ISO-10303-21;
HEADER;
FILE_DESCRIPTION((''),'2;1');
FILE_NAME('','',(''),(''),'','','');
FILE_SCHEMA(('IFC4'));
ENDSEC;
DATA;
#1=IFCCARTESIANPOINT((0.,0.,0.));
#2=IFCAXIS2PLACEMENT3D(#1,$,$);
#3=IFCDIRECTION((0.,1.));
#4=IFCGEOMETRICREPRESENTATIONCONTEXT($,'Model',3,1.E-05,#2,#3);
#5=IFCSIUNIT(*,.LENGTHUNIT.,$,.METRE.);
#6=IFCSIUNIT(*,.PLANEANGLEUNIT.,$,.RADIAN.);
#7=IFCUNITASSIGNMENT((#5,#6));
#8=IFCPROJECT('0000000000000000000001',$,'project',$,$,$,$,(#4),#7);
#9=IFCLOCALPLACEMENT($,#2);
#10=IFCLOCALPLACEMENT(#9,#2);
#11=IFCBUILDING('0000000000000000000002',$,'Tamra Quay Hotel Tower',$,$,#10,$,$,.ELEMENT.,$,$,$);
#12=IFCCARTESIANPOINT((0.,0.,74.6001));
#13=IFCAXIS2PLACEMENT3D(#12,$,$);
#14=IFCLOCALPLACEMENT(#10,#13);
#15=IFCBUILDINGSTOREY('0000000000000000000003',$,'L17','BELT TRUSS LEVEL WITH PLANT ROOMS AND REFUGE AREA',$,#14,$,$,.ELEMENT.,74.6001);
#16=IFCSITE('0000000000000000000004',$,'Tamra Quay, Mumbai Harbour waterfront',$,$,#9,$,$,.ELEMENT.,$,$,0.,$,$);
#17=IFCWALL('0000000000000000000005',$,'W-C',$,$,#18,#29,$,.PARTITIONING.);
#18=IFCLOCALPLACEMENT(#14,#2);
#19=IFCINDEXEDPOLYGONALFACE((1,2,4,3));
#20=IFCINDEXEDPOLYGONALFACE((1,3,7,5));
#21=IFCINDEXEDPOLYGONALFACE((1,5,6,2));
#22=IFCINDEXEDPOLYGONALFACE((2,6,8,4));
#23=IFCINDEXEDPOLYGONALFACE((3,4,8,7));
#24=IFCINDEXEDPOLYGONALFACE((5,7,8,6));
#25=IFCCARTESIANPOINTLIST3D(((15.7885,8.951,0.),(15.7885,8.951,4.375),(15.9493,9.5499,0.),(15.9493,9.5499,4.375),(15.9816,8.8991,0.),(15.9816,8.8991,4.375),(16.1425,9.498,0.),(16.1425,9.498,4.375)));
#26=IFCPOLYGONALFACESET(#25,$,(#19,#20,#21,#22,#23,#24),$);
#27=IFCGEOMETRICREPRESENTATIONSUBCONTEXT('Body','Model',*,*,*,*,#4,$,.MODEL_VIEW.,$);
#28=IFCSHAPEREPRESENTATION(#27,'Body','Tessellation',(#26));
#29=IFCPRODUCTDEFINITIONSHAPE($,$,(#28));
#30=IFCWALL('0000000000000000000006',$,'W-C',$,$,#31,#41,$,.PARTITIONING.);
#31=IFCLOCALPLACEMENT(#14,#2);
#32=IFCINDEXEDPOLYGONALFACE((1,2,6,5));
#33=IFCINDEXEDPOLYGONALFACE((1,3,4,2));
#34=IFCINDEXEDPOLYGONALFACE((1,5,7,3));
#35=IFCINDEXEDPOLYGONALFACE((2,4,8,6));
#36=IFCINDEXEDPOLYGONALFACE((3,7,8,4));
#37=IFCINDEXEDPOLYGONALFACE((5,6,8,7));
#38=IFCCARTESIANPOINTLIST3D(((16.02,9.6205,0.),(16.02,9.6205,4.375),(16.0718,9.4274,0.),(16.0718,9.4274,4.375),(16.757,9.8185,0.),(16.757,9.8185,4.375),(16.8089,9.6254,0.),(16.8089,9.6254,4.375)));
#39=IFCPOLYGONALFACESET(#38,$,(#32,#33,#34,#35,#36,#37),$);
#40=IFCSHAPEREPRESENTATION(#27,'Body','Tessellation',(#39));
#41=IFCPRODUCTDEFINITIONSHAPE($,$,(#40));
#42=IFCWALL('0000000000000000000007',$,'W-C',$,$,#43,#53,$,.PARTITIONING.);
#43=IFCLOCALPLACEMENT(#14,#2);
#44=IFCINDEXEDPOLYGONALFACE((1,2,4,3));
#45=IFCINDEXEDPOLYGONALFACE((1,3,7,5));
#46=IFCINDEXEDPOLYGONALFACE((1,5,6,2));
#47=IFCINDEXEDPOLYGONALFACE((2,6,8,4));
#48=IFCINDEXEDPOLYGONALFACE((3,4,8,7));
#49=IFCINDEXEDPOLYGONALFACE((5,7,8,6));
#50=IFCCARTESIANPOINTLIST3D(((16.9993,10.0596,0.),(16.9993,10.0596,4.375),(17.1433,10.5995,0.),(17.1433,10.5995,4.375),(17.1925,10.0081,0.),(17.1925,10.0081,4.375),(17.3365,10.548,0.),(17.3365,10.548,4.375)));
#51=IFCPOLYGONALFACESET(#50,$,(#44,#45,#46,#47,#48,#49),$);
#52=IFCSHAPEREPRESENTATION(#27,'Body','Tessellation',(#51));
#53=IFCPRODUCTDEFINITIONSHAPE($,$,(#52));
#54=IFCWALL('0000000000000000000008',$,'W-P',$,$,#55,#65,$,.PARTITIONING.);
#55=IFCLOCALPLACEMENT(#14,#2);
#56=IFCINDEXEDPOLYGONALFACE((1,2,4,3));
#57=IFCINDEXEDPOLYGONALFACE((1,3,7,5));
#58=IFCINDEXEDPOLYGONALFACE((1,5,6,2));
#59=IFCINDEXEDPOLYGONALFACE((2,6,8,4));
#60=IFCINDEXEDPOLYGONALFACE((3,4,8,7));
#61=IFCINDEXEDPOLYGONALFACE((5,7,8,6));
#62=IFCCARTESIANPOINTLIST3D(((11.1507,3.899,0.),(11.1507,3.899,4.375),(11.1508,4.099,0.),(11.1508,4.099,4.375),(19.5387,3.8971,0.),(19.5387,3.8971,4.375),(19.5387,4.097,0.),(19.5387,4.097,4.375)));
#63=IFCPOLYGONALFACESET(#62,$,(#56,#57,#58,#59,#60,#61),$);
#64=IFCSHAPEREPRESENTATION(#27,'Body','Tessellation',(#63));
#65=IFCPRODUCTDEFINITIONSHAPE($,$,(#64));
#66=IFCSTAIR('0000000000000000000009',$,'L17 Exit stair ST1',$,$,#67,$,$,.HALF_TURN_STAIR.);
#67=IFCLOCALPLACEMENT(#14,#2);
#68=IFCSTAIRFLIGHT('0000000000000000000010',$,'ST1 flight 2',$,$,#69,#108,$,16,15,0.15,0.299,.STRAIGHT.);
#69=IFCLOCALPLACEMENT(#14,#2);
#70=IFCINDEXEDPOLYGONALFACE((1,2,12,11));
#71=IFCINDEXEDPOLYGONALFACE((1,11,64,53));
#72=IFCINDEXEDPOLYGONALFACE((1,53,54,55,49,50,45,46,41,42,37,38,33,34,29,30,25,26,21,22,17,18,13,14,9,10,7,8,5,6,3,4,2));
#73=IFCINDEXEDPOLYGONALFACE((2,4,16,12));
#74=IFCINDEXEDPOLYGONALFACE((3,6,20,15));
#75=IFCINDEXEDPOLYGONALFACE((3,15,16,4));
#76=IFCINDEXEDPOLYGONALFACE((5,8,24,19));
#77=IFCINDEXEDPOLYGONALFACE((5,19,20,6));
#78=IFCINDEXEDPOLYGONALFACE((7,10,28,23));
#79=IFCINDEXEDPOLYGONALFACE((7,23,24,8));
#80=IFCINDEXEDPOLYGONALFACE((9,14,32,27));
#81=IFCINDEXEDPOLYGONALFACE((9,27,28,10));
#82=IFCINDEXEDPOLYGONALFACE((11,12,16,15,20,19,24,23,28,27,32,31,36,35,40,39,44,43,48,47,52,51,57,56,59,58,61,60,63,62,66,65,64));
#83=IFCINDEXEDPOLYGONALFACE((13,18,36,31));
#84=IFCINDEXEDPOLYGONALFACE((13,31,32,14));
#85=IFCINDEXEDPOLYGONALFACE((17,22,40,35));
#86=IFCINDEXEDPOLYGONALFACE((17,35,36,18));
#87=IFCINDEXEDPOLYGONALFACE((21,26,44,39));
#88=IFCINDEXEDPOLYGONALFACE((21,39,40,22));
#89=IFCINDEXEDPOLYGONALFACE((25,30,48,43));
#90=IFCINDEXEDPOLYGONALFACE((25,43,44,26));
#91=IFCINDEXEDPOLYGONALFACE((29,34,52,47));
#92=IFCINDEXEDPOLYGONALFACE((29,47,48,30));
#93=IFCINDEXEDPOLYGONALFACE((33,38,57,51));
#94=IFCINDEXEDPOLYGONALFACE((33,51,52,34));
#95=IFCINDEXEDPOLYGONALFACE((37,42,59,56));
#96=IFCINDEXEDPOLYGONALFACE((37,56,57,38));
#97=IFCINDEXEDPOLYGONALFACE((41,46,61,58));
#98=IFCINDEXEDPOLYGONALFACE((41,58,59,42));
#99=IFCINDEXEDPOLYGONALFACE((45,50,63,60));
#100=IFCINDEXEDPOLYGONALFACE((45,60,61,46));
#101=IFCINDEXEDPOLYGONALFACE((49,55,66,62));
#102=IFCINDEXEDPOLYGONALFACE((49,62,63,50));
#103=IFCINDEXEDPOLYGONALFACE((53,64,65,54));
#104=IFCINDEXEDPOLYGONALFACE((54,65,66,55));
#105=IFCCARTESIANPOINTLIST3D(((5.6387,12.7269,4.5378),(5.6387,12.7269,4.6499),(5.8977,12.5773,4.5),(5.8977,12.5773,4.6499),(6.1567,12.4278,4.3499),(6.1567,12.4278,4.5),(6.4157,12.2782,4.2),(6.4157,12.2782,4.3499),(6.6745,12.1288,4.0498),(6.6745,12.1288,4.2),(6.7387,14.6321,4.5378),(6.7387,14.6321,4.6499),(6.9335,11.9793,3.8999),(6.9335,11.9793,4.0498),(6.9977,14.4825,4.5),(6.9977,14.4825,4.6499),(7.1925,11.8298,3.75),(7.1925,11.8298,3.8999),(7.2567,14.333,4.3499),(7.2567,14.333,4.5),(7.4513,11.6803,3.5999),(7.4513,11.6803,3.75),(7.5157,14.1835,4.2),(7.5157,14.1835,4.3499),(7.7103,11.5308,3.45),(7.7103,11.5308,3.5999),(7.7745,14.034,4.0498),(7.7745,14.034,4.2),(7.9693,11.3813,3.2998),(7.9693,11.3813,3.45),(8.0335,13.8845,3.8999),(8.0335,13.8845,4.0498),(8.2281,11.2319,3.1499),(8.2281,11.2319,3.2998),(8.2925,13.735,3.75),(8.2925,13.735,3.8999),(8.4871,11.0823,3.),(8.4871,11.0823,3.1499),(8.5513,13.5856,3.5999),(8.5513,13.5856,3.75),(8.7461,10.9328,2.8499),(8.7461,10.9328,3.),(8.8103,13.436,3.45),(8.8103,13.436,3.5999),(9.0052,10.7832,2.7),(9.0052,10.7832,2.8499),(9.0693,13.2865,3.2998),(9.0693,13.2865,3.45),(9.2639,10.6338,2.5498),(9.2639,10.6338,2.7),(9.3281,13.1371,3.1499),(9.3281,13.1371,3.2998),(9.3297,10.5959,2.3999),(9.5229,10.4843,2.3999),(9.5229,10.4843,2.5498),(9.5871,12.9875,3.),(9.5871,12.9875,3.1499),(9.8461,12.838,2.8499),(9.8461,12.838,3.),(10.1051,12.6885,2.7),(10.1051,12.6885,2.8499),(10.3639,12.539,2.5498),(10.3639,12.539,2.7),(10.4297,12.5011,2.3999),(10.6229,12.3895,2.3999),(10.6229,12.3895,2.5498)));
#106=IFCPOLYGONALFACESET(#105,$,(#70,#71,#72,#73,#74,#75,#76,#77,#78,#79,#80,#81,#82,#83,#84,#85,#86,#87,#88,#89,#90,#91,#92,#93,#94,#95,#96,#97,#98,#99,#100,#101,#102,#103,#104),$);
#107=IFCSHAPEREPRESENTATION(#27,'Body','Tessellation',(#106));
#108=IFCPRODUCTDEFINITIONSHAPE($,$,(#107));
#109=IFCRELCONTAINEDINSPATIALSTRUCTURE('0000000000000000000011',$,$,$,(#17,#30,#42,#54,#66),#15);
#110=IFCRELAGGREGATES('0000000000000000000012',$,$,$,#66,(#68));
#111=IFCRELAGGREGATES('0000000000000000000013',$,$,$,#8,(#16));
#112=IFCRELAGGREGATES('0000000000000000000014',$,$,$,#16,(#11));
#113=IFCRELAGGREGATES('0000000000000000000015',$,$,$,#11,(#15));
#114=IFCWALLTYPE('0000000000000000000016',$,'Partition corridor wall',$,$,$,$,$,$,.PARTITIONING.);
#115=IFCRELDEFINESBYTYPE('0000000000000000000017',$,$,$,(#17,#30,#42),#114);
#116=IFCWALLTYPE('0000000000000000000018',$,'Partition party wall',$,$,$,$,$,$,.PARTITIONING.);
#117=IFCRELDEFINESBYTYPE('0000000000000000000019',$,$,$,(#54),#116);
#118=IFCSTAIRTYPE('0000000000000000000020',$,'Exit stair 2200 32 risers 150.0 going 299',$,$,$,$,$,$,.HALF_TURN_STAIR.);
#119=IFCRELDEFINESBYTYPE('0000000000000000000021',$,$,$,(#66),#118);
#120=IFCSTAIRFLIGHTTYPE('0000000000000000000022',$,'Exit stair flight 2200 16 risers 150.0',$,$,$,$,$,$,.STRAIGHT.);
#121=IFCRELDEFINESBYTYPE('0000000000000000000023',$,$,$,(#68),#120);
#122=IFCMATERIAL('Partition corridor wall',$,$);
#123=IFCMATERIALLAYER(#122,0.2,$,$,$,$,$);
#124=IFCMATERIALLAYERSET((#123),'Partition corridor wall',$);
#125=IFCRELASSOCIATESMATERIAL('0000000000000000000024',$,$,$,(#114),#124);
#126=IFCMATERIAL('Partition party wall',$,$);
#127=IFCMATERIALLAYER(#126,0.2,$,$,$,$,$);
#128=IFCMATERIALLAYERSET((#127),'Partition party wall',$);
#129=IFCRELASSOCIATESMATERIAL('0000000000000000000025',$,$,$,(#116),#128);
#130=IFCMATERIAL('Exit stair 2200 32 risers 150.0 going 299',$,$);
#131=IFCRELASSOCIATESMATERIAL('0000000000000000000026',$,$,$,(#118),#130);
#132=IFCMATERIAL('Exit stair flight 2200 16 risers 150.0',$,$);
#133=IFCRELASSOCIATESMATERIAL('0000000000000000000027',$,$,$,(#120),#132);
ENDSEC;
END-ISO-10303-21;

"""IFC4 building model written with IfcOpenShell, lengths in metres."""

from ifc_helpers import new_model, si_unit, direction, frame, frame_2d, origin, place, context, subcontext, project, spatial, polyline, rectangle, outline, extrude, material, layer, layer_set, type_object, element, aggregate, save


model = new_model("IFC4")

# Units and contexts
model_context = context("Model", 3, precision=1e-05, world=origin(), true_north=direction((0.0, 1.0)))
body_context = subcontext(model_context, "Body", "Model", "MODEL_VIEW")
ifc_project = project(units=[si_unit("LENGTHUNIT", "METRE"), si_unit("PLANEANGLEUNIT", "RADIAN")], contexts=[model_context])

# Site, building, storey
site_placement = place(None, origin())
site = spatial("IfcSite", under=ifc_project, at=site_placement, Name="Tamra Quay, Mumbai Harbour waterfront", CompositionType="ELEMENT", RefElevation=0.0)
building_placement = place(site_placement, origin())
building = spatial("IfcBuilding", under=site, at=building_placement, Name="Tamra Quay Hotel Tower", CompositionType="ELEMENT")
storey_placement = place(building_placement, frame((0.0, 0.0, 74.6001)))
storey = spatial("IfcBuildingStorey", under=building, at=storey_placement, Name="L17", Description="BELT TRUSS LEVEL WITH PLANT ROOMS AND REFUGE AREA", CompositionType="ELEMENT", Elevation=74.6001)

# Shared definitions
ifc_material_1 = material(Name="Partition corridor wall")
ifc_layer_1 = layer(ifc_material_1, 0.2)
ifc_layer_set_1 = layer_set([ifc_layer_1], Name="Partition corridor wall")
wall_type_1 = type_object("IfcWallType", Name="Partition corridor wall", PredefinedType="PARTITIONING", material=ifc_layer_set_1)

# Walls
wall_1_placement = place(storey_placement, frame((15.885, 8.925, 0.0), z_axis=(0.0, 0.0, 1.0), x_axis=(0.259451, 0.965756, 0.0)))
element("IfcWall", 1, at=wall_1_placement, inside=storey, type_object=wall_type_1, Name="W-C", PredefinedType="PARTITIONING", context=body_context, shape_type="SweptSolid", body=[
    extrude(rectangle(XDim=0.6201, YDim=0.2, at=frame_2d((0.3101, 0.0))), origin(), (0.0, 0.0, 1.0), 4.375),
])
wall_2_placement = place(storey_placement, frame((16.0459, 9.5239, 0.0), z_axis=(0.0, 0.0, 1.0), x_axis=(0.965761, 0.259434, 0.0)))
element("IfcWall", 2, at=wall_2_placement, inside=storey, type_object=wall_type_1, Name="W-C", PredefinedType="PARTITIONING", context=body_context, shape_type="SweptSolid", body=[
    extrude(rectangle(XDim=0.7632, YDim=0.2, at=frame_2d((0.3816, 0.0))), origin(), (0.0, 0.0, 1.0), 4.375),
])
wall_3_placement = place(storey_placement, frame((17.0959, 10.0339, 0.0), z_axis=(0.0, 0.0, 1.0), x_axis=(0.257717, 0.96622, 0.0)))
element("IfcWall", 3, at=wall_3_placement, inside=storey, type_object=wall_type_1, Name="W-C", PredefinedType="PARTITIONING", context=body_context, shape_type="SweptSolid", body=[
    extrude(rectangle(XDim=0.5588, YDim=0.2, at=frame_2d((0.2793, 0.0))), origin(), (0.0, 0.0, 1.0), 4.375),
])
ifc_material_2 = material(Name="Partition party wall")
ifc_layer_2 = layer(ifc_material_2, 0.2)
ifc_layer_set_2 = layer_set([ifc_layer_2], Name="Partition party wall")
wall_type_2 = type_object("IfcWallType", Name="Partition party wall", PredefinedType="PARTITIONING", material=ifc_layer_set_2)
wall_4_placement = place(storey_placement, frame((11.1509, 3.999, 0.0), z_axis=(0.0, 0.0, 1.0), x_axis=(1.0, -0.000233, 0.0)))
element("IfcWall", 4, at=wall_4_placement, inside=storey, type_object=wall_type_2, Name="W-P", PredefinedType="PARTITIONING", context=body_context, shape_type="SweptSolid", body=[
    extrude(rectangle(XDim=8.3879, YDim=0.2, at=frame_2d((4.1938, 0.0))), origin(), (0.0, 0.0, 1.0), 4.375),
])

# Stair, stair flight
ifc_material_3 = material(Name="Exit stair 2200 32 risers 150.0 going 299")
stair_type = type_object("IfcStairType", Name="Exit stair 2200 32 risers 150.0 going 299", PredefinedType="HALF_TURN_STAIR", material=ifc_material_3)
stair_placement = place(storey_placement, origin())
stair = element("IfcStair", 5, at=stair_placement, inside=storey, type_object=stair_type, Name="L17 Exit stair ST1", PredefinedType="HALF_TURN_STAIR")
ifc_material_4 = material(Name="Exit stair flight 2200 16 risers 150.0")
stair_flight_type = type_object("IfcStairFlightType", Name="Exit stair flight 2200 16 risers 150.0", PredefinedType="STRAIGHT", material=ifc_material_4)
stair_flight_placement = place(storey_placement, frame((10.073, 11.437, 2.3999), z_axis=(0.0, 0.0, 1.0), x_axis=(-0.866025, 0.5, 0.0)))
stair_flight = element("IfcStairFlight", 6, at=stair_flight_placement, type_object=stair_flight_type, Name="ST1 flight 2", NumberOfRisers=16, NumberOfTreads=15, PredefinedType="STRAIGHT", RiserHeight=0.15, TreadLength=0.299, context=body_context, shape_type="SweptSolid", body=[
    extrude(outline(polyline([(0.0, 0.0), (0.0, 0.1499), (0.2991, 0.1499), (0.2991, 0.3), (0.5979, 0.3), (0.5979, 0.45), (0.897, 0.45), (0.897, 0.6001), (1.196, 0.6001), (1.196, 0.75), (1.4951, 0.75), (1.4951, 0.8999), (1.7939, 0.8999), (1.7939, 1.05), (2.093, 1.05), (2.093, 1.2), (2.3921, 1.2), (2.3921, 1.3501), (2.6909, 1.3501), (2.6909, 1.5), (2.99, 1.5), (2.99, 1.6499), (3.2891, 1.6499), (3.2891, 1.8), (3.5879, 1.8), (3.5879, 1.95), (3.887, 1.95), (3.887, 2.1001), (4.186, 2.1001), (4.186, 2.25), (4.4851, 2.25), (4.4851, 2.3999), (4.4851, 2.1379), (0.2231, 0.0), (0.0, 0.0)])), frame((0.0, 1.1001, 0.0), z_axis=(0.0, -1.0, 0.0), x_axis=(1.0, 0.0, 0.0)), (0.0, 0.0, 1.0), 2.2),
])
aggregate(stair, [stair_flight])

save(model, "model.ifc")
